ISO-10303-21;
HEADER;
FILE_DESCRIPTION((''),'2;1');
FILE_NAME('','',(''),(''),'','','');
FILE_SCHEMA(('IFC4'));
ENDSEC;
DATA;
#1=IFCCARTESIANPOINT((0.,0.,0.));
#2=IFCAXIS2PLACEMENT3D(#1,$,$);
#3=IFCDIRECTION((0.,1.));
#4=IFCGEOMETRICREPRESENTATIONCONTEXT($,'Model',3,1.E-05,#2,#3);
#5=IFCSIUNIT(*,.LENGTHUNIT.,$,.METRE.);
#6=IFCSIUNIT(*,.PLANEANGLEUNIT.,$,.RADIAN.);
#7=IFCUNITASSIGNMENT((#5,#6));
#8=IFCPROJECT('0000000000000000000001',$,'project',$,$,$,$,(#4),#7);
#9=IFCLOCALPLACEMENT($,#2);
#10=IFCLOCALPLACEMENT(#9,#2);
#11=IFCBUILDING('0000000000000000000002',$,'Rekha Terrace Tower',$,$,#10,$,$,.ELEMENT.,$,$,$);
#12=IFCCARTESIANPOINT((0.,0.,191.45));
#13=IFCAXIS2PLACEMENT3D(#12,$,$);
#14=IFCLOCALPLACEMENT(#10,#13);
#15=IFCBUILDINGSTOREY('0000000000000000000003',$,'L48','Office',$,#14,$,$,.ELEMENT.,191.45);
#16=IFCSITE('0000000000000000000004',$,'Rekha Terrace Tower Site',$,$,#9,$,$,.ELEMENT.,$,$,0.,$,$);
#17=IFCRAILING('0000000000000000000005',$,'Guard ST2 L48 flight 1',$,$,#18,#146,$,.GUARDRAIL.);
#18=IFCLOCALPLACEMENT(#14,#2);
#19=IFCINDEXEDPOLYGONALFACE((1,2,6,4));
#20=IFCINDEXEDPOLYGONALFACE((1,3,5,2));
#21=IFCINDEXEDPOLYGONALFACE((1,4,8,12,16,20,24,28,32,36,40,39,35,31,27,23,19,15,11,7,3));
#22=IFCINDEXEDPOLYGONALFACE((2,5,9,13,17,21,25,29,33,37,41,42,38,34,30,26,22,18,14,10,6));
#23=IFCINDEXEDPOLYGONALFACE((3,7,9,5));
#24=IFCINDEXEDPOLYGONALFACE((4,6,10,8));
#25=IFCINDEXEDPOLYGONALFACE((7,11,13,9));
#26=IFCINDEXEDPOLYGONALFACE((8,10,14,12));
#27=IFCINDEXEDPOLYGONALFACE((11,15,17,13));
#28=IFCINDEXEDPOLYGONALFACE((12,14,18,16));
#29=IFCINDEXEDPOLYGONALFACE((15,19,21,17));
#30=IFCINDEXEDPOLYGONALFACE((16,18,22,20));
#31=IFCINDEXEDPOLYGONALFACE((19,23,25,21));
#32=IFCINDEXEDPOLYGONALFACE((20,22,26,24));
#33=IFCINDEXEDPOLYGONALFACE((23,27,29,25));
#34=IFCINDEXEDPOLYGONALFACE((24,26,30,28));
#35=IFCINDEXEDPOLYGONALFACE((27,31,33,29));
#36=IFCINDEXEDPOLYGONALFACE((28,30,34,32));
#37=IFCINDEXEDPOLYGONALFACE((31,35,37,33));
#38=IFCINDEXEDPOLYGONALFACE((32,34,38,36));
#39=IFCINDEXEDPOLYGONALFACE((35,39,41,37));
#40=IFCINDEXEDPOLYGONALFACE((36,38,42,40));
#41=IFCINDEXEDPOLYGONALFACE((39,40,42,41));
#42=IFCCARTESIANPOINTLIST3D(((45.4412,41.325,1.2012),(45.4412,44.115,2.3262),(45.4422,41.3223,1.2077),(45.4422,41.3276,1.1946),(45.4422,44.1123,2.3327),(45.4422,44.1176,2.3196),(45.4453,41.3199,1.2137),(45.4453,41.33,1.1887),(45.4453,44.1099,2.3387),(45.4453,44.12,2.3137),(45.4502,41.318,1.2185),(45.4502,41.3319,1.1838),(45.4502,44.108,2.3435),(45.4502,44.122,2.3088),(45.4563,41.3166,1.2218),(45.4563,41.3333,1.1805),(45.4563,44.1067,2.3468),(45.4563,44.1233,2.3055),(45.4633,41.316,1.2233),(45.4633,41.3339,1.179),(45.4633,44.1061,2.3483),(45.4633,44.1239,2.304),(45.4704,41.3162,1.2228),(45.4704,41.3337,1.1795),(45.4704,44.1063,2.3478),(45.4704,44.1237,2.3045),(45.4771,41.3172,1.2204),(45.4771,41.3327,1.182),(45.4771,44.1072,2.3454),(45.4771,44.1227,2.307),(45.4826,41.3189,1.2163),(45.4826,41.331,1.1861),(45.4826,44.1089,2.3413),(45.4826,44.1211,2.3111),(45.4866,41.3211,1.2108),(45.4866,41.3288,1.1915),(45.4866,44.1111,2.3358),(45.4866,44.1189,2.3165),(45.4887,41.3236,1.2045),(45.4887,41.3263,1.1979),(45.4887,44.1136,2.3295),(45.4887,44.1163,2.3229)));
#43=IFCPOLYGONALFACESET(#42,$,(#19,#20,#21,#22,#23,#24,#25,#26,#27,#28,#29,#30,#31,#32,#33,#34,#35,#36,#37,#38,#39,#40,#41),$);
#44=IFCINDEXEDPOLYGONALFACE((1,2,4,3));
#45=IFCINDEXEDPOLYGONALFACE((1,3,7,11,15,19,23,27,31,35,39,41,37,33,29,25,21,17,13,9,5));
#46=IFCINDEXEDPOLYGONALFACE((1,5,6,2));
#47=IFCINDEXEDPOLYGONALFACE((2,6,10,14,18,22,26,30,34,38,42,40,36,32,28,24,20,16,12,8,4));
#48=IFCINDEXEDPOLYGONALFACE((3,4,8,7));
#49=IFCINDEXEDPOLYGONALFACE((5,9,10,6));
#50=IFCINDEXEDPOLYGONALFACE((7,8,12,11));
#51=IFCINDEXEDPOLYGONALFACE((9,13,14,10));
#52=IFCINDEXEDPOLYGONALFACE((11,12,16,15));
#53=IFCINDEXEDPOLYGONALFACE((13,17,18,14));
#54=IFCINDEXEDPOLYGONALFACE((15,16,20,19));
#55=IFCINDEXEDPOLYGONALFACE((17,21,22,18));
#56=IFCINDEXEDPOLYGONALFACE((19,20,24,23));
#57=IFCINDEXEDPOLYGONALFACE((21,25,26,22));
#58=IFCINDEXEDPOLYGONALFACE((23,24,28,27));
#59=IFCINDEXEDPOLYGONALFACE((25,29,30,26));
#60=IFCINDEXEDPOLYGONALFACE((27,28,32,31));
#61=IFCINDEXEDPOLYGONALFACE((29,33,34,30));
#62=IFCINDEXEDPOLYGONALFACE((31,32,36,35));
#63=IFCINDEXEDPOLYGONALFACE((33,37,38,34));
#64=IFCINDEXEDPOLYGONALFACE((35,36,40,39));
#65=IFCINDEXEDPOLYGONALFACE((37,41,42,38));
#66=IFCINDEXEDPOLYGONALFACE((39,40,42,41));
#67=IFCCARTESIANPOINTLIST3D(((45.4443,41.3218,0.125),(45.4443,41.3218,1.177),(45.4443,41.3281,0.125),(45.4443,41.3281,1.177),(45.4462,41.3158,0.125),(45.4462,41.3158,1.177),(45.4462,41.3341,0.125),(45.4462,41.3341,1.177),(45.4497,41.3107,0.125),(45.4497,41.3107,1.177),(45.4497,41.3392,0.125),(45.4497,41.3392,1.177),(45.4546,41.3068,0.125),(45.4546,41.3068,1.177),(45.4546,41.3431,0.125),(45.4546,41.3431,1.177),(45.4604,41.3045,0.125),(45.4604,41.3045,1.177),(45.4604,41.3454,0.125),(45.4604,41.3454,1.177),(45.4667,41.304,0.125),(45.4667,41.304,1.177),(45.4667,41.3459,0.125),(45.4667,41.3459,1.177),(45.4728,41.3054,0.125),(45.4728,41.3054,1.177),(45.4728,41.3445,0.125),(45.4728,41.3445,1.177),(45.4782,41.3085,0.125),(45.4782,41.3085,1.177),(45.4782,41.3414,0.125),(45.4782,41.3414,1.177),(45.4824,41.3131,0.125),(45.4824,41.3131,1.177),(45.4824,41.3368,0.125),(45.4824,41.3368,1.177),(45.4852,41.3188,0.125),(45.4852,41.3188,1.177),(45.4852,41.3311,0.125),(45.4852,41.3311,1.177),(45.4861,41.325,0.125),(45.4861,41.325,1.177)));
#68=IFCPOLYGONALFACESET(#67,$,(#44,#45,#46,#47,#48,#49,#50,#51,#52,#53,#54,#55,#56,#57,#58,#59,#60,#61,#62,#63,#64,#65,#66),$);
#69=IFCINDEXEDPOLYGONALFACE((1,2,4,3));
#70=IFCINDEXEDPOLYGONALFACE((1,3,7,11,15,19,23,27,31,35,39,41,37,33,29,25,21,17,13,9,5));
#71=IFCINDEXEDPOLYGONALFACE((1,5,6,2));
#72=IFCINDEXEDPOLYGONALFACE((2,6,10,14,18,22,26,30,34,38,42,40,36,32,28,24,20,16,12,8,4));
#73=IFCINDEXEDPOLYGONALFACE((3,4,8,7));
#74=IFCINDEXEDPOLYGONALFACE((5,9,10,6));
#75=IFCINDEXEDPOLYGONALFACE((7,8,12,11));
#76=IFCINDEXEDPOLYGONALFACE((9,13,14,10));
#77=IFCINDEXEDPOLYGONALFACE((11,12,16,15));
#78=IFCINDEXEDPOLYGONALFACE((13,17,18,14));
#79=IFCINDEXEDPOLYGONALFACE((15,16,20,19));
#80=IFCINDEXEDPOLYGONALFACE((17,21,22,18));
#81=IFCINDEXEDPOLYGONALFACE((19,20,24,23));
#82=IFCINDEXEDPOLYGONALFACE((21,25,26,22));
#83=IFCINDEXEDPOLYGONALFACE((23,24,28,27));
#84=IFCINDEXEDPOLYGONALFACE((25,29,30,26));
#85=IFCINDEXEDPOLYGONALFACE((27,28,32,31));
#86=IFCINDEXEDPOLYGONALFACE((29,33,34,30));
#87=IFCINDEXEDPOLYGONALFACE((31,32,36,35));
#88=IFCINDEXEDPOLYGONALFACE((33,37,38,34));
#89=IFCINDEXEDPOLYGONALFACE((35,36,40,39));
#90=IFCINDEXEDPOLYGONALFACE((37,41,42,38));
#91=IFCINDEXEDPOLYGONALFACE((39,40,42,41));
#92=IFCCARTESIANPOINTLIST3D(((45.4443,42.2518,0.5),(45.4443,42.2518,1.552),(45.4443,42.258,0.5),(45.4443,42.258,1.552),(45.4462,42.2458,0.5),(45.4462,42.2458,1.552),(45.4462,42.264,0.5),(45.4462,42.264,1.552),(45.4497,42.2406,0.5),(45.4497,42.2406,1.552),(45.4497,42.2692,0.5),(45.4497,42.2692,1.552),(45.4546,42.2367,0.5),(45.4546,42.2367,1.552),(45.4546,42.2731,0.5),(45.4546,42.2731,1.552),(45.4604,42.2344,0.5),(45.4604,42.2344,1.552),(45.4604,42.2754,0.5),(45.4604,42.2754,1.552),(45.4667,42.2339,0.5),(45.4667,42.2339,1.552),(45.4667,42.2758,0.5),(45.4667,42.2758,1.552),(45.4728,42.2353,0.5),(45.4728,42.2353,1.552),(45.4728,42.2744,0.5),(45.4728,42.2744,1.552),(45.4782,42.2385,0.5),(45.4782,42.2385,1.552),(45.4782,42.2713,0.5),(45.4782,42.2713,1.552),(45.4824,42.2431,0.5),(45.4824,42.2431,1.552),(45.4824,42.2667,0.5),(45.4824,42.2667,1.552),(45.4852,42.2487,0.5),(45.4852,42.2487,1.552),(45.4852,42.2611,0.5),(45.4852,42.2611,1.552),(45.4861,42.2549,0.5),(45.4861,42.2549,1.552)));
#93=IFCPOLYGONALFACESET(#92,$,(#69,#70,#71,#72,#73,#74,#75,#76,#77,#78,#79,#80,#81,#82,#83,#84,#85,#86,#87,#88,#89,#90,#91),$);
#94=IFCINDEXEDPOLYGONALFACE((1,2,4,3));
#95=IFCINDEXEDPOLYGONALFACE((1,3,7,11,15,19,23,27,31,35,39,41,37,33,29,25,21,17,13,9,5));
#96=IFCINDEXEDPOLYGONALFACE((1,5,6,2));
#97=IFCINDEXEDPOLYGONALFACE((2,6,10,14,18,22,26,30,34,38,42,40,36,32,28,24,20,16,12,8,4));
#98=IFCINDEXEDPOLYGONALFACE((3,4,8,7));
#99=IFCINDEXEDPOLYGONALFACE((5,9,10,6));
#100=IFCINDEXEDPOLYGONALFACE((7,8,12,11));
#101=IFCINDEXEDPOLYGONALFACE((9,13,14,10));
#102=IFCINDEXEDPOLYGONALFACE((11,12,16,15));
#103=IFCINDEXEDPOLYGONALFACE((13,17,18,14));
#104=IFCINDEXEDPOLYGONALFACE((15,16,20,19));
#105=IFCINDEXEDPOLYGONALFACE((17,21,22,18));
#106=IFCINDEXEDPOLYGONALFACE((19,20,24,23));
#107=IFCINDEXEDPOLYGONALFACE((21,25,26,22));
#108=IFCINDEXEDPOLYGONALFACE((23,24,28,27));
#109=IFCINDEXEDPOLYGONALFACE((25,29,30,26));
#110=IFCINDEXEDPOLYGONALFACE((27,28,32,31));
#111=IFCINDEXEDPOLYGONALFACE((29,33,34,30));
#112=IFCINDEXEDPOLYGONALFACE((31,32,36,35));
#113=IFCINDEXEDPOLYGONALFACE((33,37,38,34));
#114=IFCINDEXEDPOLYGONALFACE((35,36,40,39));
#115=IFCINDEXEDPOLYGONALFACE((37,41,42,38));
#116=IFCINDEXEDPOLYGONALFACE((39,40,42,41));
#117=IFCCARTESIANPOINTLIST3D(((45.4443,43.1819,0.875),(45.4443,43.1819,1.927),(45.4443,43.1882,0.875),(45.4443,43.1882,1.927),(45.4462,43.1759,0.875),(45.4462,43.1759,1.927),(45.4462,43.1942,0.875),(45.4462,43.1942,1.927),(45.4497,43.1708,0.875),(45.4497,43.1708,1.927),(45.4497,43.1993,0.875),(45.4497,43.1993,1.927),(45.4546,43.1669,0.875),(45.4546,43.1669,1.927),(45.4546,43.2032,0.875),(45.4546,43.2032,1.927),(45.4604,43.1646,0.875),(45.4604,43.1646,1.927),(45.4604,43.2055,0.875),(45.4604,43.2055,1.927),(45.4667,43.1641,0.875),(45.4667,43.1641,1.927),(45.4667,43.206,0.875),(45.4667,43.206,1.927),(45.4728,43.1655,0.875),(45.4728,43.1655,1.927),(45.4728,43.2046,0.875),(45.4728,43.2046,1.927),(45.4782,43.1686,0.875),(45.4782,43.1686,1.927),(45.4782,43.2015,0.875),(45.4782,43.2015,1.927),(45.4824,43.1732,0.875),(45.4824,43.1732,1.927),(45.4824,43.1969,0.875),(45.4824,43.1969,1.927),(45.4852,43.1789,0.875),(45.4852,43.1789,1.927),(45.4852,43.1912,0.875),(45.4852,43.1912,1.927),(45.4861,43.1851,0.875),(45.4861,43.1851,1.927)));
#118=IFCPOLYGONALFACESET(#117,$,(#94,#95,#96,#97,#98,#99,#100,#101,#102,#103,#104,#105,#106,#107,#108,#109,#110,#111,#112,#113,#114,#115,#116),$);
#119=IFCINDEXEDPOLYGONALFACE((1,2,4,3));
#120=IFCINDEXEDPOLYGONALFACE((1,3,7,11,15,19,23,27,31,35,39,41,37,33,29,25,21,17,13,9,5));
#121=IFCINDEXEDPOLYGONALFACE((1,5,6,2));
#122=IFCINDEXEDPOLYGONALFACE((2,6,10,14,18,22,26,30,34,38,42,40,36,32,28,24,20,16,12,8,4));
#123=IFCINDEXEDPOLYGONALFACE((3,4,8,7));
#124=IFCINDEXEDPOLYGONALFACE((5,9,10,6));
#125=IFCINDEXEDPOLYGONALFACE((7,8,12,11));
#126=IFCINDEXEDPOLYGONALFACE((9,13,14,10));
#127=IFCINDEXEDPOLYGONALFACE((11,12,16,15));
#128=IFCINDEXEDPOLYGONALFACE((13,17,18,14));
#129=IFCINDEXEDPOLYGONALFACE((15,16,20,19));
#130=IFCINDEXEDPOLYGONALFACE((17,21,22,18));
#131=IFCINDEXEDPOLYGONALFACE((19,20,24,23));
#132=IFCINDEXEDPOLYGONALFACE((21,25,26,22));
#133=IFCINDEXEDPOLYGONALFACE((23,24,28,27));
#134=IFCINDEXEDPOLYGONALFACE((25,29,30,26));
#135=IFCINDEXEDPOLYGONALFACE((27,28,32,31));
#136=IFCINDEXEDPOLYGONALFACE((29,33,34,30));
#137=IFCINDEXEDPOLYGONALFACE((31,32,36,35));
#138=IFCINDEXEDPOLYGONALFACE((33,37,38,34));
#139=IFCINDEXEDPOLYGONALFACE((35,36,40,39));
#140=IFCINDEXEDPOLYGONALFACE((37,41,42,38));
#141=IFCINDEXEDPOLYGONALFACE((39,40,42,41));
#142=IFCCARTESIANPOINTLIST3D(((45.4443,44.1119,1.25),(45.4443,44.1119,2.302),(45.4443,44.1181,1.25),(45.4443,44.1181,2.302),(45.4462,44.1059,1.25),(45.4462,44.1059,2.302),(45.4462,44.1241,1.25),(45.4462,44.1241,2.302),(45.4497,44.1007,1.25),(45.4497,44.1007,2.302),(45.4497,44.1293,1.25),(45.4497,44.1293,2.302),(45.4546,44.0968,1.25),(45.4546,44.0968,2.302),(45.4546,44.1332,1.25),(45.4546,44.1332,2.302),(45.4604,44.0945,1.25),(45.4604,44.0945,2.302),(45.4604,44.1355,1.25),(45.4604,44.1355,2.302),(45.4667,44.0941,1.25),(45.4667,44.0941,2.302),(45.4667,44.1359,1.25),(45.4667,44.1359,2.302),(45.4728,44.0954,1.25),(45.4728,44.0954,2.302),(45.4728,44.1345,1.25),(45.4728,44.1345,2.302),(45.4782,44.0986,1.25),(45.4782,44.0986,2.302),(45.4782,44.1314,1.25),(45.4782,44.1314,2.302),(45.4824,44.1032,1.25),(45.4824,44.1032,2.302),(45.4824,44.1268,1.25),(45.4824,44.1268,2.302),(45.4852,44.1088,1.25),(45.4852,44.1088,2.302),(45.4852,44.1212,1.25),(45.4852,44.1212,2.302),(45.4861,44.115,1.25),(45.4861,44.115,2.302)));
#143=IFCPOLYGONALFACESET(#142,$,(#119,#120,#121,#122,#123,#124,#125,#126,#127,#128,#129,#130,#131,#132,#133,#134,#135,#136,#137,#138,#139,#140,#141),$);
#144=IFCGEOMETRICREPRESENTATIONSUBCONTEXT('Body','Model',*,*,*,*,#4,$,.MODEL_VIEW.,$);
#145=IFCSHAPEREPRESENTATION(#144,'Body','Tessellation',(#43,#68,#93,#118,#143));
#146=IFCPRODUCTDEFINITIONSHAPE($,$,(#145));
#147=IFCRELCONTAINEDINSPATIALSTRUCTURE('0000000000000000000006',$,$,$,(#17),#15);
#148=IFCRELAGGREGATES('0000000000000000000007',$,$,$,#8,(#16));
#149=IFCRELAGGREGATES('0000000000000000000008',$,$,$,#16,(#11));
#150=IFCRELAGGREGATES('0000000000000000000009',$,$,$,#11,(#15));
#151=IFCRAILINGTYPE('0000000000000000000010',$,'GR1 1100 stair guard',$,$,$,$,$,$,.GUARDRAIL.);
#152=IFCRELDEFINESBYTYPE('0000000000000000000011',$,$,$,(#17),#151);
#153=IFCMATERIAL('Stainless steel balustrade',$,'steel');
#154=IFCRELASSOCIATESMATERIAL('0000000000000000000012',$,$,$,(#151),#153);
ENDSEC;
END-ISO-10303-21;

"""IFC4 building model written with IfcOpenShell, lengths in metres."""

from ifc_helpers import new_model, si_unit, direction, frame, origin, origin_2d, place, context, subcontext, project, spatial, circle, extrude, material, type_object, element, save


model = new_model("IFC4")

# Units and contexts
model_context = context("Model", 3, precision=1e-05, world=origin(), true_north=direction((0.0, 1.0)))
body_context = subcontext(model_context, "Body", "Model", "MODEL_VIEW")
ifc_project = project(units=[si_unit("LENGTHUNIT", "METRE"), si_unit("PLANEANGLEUNIT", "RADIAN")], contexts=[model_context])

# Site, building, storey
site_placement = place(None, origin())
site = spatial("IfcSite", under=ifc_project, at=site_placement, Name="Rekha Terrace Tower Site", CompositionType="ELEMENT", RefElevation=0.0)
building_placement = place(site_placement, origin())
building = spatial("IfcBuilding", under=site, at=building_placement, Name="Rekha Terrace Tower", CompositionType="ELEMENT")
storey_placement = place(building_placement, frame((0.0, 0.0, 191.45)))
storey = spatial("IfcBuildingStorey", under=building, at=storey_placement, Name="L48", Description="Office", CompositionType="ELEMENT", Elevation=191.45)

# Railing
ifc_material_1 = material(Name="Stainless steel balustrade", Category="steel")
railing_type_1 = type_object("IfcRailingType", Name="GR1 1100 stair guard", PredefinedType="GUARDRAIL", material=ifc_material_1)
railing_1_placement = place(storey_placement, frame((45.4651, 41.325, 0.125)))
element("IfcRailing", 1, at=railing_1_placement, inside=storey, type_object=railing_type_1, Name="Guard ST2 L48 flight 1", PredefinedType="GUARDRAIL", context=body_context, shape_type="SweptSolid", body=[
    extrude(circle(Radius=0.0239, at=origin_2d()), frame((0.0, 0.0, 1.0762), z_axis=(0.0, 0.927443, 0.373964), x_axis=(-1.0, 0.0, 0.0)), (0.0, 0.0, 1.0), 3.0083),
    extrude(circle(Radius=0.021, at=origin_2d()), origin(), (0.0, 0.0, 1.0), 1.052),
    extrude(circle(Radius=0.021, at=origin_2d()), frame((0.0, 0.9299, 0.375)), (0.0, 0.0, 1.0), 1.052),
    extrude(circle(Radius=0.021, at=origin_2d()), frame((0.0, 1.8601, 0.75)), (0.0, 0.0, 1.0), 1.052),
    extrude(circle(Radius=0.021, at=origin_2d()), frame((0.0, 2.79, 1.125)), (0.0, 0.0, 1.0), 1.052),
])

save(model, "model.ifc")
